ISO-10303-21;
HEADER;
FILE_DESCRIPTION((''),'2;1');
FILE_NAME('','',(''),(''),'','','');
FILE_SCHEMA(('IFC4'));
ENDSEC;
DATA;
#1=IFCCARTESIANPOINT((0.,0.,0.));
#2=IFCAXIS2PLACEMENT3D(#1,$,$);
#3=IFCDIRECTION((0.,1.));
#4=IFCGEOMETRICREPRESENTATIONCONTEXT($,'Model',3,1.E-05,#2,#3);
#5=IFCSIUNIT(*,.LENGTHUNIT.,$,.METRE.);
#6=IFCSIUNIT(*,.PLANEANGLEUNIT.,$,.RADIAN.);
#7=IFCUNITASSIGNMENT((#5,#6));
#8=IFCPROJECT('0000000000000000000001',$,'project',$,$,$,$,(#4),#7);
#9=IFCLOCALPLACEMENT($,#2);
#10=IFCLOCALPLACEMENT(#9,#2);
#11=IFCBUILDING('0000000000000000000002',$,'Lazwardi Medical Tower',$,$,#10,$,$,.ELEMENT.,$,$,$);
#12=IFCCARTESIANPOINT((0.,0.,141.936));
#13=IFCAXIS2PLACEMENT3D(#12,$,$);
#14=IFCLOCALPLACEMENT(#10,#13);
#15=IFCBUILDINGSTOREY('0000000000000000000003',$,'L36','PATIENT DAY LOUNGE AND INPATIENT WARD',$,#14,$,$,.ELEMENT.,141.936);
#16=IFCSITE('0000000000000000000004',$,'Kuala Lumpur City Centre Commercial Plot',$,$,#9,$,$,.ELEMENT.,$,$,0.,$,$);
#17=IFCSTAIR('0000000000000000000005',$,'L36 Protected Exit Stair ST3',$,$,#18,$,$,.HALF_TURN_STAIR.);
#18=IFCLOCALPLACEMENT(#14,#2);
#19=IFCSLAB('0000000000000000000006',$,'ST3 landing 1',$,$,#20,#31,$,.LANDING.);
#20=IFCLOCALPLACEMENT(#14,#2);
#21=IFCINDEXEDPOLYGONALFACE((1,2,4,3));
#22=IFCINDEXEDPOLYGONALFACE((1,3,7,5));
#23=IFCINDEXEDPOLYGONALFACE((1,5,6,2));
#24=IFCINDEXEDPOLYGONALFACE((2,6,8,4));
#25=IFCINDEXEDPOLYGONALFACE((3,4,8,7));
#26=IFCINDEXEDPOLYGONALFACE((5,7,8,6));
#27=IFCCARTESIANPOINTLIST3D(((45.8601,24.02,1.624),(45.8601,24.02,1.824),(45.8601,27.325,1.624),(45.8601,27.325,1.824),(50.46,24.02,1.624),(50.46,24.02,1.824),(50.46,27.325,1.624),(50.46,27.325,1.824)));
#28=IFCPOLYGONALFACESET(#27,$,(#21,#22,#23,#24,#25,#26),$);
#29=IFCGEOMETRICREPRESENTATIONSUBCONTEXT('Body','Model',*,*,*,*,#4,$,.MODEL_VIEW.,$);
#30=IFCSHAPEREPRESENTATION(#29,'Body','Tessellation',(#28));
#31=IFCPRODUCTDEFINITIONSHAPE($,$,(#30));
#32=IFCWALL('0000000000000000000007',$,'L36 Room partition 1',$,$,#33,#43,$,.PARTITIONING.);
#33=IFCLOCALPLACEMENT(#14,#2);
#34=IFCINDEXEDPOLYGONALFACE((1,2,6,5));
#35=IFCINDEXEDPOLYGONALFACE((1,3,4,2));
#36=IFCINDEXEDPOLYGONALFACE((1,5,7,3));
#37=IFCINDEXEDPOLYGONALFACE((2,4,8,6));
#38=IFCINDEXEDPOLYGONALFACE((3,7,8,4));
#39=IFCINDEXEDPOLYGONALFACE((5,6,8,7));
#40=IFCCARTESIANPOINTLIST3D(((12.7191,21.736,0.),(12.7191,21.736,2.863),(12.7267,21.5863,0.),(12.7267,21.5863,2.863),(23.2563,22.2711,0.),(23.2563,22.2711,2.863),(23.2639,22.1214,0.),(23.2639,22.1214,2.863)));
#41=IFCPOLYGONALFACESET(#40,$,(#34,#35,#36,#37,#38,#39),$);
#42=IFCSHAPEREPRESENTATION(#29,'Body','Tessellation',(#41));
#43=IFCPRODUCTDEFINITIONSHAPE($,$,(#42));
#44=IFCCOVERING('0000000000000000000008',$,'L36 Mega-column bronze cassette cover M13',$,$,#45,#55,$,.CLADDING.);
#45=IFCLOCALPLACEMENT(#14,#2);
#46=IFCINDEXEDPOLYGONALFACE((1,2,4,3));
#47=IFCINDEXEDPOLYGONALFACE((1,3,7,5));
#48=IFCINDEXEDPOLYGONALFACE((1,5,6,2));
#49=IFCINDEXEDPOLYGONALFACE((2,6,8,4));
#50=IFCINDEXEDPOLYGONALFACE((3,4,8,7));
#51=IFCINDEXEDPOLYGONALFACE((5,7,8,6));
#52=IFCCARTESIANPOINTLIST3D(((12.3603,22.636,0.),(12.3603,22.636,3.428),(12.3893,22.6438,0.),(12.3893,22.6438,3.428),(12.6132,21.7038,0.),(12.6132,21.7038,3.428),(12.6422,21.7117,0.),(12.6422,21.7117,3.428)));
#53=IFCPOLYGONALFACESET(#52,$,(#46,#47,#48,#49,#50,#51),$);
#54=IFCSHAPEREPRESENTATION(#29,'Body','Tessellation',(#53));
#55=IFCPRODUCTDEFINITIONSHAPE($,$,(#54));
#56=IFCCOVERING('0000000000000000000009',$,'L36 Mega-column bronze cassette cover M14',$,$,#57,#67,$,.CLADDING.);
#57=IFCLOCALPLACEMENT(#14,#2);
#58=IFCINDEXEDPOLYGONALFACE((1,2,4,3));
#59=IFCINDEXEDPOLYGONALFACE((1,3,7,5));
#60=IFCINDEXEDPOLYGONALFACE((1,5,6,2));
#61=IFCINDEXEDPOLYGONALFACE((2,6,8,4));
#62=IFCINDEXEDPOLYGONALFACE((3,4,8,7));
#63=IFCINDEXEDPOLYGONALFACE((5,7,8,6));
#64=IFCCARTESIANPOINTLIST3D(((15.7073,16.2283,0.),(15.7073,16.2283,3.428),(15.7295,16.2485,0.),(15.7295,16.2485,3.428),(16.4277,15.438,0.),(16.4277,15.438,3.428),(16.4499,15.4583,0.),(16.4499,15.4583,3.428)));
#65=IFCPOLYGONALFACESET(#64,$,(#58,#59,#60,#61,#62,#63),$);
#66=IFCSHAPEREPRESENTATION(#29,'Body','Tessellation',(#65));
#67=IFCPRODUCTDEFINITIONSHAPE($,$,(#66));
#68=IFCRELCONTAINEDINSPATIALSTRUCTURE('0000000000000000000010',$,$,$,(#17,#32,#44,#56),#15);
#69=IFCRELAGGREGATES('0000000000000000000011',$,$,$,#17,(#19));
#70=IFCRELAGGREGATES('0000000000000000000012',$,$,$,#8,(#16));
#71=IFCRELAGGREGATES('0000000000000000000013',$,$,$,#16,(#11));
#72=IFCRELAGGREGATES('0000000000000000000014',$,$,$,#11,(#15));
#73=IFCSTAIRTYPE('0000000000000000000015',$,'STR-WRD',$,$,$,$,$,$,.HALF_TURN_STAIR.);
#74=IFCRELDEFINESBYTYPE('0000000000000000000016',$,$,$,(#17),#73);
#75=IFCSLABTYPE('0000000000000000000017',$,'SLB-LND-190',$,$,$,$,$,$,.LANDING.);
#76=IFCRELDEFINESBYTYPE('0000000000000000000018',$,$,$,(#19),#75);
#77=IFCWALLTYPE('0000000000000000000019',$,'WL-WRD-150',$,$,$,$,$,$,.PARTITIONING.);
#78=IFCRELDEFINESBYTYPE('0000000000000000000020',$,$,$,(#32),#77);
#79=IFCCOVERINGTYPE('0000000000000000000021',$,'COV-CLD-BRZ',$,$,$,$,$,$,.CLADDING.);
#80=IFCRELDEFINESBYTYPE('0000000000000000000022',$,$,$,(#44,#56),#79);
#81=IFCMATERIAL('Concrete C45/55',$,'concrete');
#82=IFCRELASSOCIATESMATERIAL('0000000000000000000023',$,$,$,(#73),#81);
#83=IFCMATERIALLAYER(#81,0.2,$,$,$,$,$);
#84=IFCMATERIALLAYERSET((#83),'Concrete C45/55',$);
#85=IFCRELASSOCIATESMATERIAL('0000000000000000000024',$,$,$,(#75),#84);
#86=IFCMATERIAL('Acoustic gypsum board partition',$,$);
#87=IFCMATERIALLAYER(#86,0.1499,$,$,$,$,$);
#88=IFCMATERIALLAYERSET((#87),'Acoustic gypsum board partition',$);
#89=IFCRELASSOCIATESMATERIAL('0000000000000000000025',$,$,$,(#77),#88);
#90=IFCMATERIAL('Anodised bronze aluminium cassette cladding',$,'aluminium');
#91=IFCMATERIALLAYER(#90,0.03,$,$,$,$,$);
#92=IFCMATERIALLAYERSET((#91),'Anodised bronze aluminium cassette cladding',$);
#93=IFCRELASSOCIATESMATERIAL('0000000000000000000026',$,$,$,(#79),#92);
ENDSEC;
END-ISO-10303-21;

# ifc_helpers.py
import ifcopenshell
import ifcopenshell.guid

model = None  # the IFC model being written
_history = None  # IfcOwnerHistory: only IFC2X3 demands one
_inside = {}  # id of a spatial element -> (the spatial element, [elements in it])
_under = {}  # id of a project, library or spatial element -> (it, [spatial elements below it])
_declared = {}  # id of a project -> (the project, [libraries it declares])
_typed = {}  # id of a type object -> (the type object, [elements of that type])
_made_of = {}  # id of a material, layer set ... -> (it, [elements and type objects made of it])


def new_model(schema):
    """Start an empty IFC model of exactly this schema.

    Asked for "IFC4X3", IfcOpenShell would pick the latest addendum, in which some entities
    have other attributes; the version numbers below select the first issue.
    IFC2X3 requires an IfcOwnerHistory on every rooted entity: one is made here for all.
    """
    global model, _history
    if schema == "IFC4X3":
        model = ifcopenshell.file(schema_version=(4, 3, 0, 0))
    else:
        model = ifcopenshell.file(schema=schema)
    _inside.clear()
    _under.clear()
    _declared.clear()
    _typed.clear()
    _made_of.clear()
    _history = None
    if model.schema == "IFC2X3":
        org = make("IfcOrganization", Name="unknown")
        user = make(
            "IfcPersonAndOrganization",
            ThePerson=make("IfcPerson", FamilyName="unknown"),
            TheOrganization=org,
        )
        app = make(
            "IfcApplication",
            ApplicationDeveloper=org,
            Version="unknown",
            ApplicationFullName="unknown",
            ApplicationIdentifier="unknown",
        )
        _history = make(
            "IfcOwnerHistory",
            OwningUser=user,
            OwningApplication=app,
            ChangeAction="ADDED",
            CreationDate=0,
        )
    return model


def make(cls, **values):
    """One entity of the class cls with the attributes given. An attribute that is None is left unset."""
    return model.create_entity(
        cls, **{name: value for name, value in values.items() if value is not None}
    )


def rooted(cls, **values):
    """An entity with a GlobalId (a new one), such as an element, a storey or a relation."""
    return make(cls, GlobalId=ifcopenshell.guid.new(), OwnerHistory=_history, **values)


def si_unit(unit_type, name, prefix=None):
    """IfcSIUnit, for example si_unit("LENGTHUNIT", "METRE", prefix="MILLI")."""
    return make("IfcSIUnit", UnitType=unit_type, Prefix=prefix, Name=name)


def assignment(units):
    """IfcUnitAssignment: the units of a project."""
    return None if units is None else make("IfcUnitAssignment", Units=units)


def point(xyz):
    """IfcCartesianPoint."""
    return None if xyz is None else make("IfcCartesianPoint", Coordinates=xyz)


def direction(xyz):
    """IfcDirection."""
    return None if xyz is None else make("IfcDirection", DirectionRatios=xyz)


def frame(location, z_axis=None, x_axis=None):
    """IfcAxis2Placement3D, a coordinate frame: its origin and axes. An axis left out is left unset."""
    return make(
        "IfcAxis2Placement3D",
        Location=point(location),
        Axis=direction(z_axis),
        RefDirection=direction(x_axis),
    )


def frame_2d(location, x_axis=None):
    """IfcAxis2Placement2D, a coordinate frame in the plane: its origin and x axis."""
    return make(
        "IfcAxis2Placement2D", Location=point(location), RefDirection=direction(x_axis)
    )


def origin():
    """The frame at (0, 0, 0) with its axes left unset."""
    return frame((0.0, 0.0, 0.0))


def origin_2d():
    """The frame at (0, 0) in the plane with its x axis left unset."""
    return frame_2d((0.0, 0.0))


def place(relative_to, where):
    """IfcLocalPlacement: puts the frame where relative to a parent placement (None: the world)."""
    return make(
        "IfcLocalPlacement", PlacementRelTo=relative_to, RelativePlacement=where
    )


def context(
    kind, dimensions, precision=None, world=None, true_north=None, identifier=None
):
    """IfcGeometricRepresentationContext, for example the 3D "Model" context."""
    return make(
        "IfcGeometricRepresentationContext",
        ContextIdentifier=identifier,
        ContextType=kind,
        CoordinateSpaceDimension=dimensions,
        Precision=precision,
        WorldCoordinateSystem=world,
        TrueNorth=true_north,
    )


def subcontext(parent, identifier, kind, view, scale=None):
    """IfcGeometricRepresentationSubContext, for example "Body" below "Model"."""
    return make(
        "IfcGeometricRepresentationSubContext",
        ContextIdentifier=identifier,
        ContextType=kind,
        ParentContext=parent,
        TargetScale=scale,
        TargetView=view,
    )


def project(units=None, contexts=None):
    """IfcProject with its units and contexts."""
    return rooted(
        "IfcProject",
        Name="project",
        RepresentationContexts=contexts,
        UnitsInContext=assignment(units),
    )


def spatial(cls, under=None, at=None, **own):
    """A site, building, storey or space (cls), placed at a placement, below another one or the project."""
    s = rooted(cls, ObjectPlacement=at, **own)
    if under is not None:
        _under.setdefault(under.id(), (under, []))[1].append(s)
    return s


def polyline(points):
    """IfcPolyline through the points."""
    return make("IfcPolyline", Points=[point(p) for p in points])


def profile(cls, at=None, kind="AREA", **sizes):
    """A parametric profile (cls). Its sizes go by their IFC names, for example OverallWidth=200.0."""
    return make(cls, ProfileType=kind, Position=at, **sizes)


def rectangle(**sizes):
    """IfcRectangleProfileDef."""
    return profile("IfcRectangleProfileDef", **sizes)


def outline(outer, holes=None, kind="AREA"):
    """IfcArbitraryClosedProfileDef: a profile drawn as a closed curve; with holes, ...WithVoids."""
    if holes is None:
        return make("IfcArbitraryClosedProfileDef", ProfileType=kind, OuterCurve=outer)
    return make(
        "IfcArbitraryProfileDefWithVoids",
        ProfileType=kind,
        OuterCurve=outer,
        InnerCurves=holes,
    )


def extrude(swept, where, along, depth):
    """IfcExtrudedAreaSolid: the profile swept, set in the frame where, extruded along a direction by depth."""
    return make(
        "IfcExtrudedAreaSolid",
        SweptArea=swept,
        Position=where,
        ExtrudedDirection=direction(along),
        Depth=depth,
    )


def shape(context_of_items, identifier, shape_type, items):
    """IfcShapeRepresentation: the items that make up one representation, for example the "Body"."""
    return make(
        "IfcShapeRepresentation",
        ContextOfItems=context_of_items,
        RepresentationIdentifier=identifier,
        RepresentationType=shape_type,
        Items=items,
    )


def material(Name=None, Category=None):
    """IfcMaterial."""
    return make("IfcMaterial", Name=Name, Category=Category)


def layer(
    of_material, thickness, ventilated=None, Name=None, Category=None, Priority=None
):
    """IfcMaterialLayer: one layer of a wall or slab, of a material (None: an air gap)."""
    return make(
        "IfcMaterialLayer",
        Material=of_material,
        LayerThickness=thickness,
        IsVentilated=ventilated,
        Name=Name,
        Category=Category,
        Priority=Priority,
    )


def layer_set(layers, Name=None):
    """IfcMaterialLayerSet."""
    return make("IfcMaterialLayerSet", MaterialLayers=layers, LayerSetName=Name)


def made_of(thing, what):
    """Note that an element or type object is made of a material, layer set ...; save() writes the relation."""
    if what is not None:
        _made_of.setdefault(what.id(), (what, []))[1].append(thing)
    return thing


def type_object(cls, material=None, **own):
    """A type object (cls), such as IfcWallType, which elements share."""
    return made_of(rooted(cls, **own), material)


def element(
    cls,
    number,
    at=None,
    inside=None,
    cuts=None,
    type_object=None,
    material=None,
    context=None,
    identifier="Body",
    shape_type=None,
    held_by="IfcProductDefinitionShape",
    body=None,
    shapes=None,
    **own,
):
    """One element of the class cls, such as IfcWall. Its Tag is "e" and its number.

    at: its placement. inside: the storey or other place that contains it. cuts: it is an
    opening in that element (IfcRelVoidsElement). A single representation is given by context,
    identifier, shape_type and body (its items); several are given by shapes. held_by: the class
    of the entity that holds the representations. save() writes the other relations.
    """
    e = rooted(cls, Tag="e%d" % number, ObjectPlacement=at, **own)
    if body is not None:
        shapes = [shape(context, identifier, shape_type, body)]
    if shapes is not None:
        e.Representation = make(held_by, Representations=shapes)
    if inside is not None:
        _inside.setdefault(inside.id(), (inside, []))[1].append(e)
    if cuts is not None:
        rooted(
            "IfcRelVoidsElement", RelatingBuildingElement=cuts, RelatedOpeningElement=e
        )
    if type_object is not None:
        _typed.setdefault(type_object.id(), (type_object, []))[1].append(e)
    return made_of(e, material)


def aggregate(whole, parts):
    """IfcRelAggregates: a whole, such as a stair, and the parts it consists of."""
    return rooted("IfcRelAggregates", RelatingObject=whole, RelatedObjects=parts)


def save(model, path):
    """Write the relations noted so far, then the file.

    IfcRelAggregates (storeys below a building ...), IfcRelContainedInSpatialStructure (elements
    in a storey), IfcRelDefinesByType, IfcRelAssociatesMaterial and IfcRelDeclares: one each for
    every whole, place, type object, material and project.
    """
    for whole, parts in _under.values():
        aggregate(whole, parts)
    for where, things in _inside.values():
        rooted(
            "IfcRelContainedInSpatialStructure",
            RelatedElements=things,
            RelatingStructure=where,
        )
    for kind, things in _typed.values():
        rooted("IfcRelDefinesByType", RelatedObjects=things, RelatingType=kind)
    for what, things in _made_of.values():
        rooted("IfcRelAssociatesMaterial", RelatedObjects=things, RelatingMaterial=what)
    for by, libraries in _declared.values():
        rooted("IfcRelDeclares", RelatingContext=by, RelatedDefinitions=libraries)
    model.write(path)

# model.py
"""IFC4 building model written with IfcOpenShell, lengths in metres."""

from ifc_helpers import new_model, si_unit, direction, frame, frame_2d, origin, origin_2d, place, context, subcontext, project, spatial, polyline, rectangle, outline, extrude, material, layer, layer_set, type_object, element, aggregate, save


model = new_model("IFC4")

# Units and contexts
model_context = context("Model", 3, precision=1e-05, world=origin(), true_north=direction((0.0, 1.0)))
body_context = subcontext(model_context, "Body", "Model", "MODEL_VIEW")
ifc_project = project(units=[si_unit("LENGTHUNIT", "METRE"), si_unit("PLANEANGLEUNIT", "RADIAN")], contexts=[model_context])

# Site, building, storey
site_placement = place(None, origin())
site = spatial("IfcSite", under=ifc_project, at=site_placement, Name="Kuala Lumpur City Centre Commercial Plot", CompositionType="ELEMENT", RefElevation=0.0)
building_placement = place(site_placement, origin())
building = spatial("IfcBuilding", under=site, at=building_placement, Name="Lazwardi Medical Tower", CompositionType="ELEMENT")
storey_placement = place(building_placement, frame((0.0, 0.0, 141.936)))
storey = spatial("IfcBuildingStorey", under=building, at=storey_placement, Name="L36", Description="PATIENT DAY LOUNGE AND INPATIENT WARD", CompositionType="ELEMENT", Elevation=141.936)

# Stair, slab
ifc_material_1 = material(Name="Concrete C45/55", Category="concrete")
stair_type = type_object("IfcStairType", Name="STR-WRD", PredefinedType="HALF_TURN_STAIR", material=ifc_material_1)
stair_placement = place(storey_placement, origin())
stair = element("IfcStair", 1, at=stair_placement, inside=storey, type_object=stair_type, Name="L36 Protected Exit Stair ST3", PredefinedType="HALF_TURN_STAIR")
ifc_layer_1 = layer(ifc_material_1, 0.2)
ifc_layer_set_1 = layer_set([ifc_layer_1], Name="Concrete C45/55")
slab_type = type_object("IfcSlabType", Name="SLB-LND-190", PredefinedType="LANDING", material=ifc_layer_set_1)
slab_placement = place(storey_placement, frame((0.0, 0.0, 1.624)))
slab = element("IfcSlab", 2, at=slab_placement, type_object=slab_type, Name="ST3 landing 1", PredefinedType="LANDING", context=body_context, shape_type="SweptSolid", body=[
    extrude(outline(polyline([(45.8601, 27.325), (45.8601, 24.02), (50.46, 24.02), (50.46, 27.325), (45.8601, 27.325)])), origin(), (0.0, 0.0, 1.0), 0.2),
])
aggregate(stair, [slab])

# Wall
ifc_material_2 = material(Name="Acoustic gypsum board partition")
ifc_layer_2 = layer(ifc_material_2, 0.1499)
ifc_layer_set_2 = layer_set([ifc_layer_2], Name="Acoustic gypsum board partition")
wall_type = type_object("IfcWallType", Name="WL-WRD-150", PredefinedType="PARTITIONING", material=ifc_layer_set_2)
wall_placement = place(storey_placement, frame((12.7229, 21.6611, 0.0), z_axis=(0.0, 0.0, 1.0), x_axis=(0.998713, 0.050722, 0.0)))
element("IfcWall", 3, at=wall_placement, inside=storey, type_object=wall_type, Name="L36 Room partition 1", PredefinedType="PARTITIONING", context=body_context, shape_type="SweptSolid", body=[
    extrude(rectangle(XDim=10.5508, YDim=0.1499, at=frame_2d((5.2754, 0.0))), origin(), (0.0, 0.0, 1.0), 2.863),
])

# Coverings
ifc_material_3 = material(Name="Anodised bronze aluminium cassette cladding", Category="aluminium")
ifc_layer_3 = layer(ifc_material_3, 0.03)
ifc_layer_set_3 = layer_set([ifc_layer_3], Name="Anodised bronze aluminium cassette cladding")
covering_type = type_object("IfcCoveringType", Name="COV-CLD-BRZ", PredefinedType="CLADDING", material=ifc_layer_set_3)
covering_1_placement = place(storey_placement, frame((12.5012, 22.1738, 0.0), z_axis=(0.0, 0.0, 1.0), x_axis=(0.261829, -0.965114, 0.0)))
element("IfcCovering", 4, at=covering_1_placement, inside=storey, type_object=covering_type, Name="L36 Mega-column bronze cassette cover M13", PredefinedType="CLADDING", context=body_context, shape_type="SweptSolid", body=[
    extrude(rectangle(XDim=0.9658, YDim=0.03, at=origin_2d()), origin(), (0.0, 0.0, 1.0), 3.428),
])
covering_2_placement = place(storey_placement, frame((16.0786, 15.8433, 0.0), z_axis=(0.0, 0.0, 1.0), x_axis=(0.673714, -0.738992, 0.0)))
element("IfcCovering", 5, at=covering_2_placement, inside=storey, type_object=covering_type, Name="L36 Mega-column bronze cassette cover M14", PredefinedType="CLADDING", context=body_context, shape_type="SweptSolid", body=[
    extrude(rectangle(XDim=1.0693, YDim=0.03, at=origin_2d()), origin(), (0.0, 0.0, 1.0), 3.428),
])

save(model, "model.ifc")
